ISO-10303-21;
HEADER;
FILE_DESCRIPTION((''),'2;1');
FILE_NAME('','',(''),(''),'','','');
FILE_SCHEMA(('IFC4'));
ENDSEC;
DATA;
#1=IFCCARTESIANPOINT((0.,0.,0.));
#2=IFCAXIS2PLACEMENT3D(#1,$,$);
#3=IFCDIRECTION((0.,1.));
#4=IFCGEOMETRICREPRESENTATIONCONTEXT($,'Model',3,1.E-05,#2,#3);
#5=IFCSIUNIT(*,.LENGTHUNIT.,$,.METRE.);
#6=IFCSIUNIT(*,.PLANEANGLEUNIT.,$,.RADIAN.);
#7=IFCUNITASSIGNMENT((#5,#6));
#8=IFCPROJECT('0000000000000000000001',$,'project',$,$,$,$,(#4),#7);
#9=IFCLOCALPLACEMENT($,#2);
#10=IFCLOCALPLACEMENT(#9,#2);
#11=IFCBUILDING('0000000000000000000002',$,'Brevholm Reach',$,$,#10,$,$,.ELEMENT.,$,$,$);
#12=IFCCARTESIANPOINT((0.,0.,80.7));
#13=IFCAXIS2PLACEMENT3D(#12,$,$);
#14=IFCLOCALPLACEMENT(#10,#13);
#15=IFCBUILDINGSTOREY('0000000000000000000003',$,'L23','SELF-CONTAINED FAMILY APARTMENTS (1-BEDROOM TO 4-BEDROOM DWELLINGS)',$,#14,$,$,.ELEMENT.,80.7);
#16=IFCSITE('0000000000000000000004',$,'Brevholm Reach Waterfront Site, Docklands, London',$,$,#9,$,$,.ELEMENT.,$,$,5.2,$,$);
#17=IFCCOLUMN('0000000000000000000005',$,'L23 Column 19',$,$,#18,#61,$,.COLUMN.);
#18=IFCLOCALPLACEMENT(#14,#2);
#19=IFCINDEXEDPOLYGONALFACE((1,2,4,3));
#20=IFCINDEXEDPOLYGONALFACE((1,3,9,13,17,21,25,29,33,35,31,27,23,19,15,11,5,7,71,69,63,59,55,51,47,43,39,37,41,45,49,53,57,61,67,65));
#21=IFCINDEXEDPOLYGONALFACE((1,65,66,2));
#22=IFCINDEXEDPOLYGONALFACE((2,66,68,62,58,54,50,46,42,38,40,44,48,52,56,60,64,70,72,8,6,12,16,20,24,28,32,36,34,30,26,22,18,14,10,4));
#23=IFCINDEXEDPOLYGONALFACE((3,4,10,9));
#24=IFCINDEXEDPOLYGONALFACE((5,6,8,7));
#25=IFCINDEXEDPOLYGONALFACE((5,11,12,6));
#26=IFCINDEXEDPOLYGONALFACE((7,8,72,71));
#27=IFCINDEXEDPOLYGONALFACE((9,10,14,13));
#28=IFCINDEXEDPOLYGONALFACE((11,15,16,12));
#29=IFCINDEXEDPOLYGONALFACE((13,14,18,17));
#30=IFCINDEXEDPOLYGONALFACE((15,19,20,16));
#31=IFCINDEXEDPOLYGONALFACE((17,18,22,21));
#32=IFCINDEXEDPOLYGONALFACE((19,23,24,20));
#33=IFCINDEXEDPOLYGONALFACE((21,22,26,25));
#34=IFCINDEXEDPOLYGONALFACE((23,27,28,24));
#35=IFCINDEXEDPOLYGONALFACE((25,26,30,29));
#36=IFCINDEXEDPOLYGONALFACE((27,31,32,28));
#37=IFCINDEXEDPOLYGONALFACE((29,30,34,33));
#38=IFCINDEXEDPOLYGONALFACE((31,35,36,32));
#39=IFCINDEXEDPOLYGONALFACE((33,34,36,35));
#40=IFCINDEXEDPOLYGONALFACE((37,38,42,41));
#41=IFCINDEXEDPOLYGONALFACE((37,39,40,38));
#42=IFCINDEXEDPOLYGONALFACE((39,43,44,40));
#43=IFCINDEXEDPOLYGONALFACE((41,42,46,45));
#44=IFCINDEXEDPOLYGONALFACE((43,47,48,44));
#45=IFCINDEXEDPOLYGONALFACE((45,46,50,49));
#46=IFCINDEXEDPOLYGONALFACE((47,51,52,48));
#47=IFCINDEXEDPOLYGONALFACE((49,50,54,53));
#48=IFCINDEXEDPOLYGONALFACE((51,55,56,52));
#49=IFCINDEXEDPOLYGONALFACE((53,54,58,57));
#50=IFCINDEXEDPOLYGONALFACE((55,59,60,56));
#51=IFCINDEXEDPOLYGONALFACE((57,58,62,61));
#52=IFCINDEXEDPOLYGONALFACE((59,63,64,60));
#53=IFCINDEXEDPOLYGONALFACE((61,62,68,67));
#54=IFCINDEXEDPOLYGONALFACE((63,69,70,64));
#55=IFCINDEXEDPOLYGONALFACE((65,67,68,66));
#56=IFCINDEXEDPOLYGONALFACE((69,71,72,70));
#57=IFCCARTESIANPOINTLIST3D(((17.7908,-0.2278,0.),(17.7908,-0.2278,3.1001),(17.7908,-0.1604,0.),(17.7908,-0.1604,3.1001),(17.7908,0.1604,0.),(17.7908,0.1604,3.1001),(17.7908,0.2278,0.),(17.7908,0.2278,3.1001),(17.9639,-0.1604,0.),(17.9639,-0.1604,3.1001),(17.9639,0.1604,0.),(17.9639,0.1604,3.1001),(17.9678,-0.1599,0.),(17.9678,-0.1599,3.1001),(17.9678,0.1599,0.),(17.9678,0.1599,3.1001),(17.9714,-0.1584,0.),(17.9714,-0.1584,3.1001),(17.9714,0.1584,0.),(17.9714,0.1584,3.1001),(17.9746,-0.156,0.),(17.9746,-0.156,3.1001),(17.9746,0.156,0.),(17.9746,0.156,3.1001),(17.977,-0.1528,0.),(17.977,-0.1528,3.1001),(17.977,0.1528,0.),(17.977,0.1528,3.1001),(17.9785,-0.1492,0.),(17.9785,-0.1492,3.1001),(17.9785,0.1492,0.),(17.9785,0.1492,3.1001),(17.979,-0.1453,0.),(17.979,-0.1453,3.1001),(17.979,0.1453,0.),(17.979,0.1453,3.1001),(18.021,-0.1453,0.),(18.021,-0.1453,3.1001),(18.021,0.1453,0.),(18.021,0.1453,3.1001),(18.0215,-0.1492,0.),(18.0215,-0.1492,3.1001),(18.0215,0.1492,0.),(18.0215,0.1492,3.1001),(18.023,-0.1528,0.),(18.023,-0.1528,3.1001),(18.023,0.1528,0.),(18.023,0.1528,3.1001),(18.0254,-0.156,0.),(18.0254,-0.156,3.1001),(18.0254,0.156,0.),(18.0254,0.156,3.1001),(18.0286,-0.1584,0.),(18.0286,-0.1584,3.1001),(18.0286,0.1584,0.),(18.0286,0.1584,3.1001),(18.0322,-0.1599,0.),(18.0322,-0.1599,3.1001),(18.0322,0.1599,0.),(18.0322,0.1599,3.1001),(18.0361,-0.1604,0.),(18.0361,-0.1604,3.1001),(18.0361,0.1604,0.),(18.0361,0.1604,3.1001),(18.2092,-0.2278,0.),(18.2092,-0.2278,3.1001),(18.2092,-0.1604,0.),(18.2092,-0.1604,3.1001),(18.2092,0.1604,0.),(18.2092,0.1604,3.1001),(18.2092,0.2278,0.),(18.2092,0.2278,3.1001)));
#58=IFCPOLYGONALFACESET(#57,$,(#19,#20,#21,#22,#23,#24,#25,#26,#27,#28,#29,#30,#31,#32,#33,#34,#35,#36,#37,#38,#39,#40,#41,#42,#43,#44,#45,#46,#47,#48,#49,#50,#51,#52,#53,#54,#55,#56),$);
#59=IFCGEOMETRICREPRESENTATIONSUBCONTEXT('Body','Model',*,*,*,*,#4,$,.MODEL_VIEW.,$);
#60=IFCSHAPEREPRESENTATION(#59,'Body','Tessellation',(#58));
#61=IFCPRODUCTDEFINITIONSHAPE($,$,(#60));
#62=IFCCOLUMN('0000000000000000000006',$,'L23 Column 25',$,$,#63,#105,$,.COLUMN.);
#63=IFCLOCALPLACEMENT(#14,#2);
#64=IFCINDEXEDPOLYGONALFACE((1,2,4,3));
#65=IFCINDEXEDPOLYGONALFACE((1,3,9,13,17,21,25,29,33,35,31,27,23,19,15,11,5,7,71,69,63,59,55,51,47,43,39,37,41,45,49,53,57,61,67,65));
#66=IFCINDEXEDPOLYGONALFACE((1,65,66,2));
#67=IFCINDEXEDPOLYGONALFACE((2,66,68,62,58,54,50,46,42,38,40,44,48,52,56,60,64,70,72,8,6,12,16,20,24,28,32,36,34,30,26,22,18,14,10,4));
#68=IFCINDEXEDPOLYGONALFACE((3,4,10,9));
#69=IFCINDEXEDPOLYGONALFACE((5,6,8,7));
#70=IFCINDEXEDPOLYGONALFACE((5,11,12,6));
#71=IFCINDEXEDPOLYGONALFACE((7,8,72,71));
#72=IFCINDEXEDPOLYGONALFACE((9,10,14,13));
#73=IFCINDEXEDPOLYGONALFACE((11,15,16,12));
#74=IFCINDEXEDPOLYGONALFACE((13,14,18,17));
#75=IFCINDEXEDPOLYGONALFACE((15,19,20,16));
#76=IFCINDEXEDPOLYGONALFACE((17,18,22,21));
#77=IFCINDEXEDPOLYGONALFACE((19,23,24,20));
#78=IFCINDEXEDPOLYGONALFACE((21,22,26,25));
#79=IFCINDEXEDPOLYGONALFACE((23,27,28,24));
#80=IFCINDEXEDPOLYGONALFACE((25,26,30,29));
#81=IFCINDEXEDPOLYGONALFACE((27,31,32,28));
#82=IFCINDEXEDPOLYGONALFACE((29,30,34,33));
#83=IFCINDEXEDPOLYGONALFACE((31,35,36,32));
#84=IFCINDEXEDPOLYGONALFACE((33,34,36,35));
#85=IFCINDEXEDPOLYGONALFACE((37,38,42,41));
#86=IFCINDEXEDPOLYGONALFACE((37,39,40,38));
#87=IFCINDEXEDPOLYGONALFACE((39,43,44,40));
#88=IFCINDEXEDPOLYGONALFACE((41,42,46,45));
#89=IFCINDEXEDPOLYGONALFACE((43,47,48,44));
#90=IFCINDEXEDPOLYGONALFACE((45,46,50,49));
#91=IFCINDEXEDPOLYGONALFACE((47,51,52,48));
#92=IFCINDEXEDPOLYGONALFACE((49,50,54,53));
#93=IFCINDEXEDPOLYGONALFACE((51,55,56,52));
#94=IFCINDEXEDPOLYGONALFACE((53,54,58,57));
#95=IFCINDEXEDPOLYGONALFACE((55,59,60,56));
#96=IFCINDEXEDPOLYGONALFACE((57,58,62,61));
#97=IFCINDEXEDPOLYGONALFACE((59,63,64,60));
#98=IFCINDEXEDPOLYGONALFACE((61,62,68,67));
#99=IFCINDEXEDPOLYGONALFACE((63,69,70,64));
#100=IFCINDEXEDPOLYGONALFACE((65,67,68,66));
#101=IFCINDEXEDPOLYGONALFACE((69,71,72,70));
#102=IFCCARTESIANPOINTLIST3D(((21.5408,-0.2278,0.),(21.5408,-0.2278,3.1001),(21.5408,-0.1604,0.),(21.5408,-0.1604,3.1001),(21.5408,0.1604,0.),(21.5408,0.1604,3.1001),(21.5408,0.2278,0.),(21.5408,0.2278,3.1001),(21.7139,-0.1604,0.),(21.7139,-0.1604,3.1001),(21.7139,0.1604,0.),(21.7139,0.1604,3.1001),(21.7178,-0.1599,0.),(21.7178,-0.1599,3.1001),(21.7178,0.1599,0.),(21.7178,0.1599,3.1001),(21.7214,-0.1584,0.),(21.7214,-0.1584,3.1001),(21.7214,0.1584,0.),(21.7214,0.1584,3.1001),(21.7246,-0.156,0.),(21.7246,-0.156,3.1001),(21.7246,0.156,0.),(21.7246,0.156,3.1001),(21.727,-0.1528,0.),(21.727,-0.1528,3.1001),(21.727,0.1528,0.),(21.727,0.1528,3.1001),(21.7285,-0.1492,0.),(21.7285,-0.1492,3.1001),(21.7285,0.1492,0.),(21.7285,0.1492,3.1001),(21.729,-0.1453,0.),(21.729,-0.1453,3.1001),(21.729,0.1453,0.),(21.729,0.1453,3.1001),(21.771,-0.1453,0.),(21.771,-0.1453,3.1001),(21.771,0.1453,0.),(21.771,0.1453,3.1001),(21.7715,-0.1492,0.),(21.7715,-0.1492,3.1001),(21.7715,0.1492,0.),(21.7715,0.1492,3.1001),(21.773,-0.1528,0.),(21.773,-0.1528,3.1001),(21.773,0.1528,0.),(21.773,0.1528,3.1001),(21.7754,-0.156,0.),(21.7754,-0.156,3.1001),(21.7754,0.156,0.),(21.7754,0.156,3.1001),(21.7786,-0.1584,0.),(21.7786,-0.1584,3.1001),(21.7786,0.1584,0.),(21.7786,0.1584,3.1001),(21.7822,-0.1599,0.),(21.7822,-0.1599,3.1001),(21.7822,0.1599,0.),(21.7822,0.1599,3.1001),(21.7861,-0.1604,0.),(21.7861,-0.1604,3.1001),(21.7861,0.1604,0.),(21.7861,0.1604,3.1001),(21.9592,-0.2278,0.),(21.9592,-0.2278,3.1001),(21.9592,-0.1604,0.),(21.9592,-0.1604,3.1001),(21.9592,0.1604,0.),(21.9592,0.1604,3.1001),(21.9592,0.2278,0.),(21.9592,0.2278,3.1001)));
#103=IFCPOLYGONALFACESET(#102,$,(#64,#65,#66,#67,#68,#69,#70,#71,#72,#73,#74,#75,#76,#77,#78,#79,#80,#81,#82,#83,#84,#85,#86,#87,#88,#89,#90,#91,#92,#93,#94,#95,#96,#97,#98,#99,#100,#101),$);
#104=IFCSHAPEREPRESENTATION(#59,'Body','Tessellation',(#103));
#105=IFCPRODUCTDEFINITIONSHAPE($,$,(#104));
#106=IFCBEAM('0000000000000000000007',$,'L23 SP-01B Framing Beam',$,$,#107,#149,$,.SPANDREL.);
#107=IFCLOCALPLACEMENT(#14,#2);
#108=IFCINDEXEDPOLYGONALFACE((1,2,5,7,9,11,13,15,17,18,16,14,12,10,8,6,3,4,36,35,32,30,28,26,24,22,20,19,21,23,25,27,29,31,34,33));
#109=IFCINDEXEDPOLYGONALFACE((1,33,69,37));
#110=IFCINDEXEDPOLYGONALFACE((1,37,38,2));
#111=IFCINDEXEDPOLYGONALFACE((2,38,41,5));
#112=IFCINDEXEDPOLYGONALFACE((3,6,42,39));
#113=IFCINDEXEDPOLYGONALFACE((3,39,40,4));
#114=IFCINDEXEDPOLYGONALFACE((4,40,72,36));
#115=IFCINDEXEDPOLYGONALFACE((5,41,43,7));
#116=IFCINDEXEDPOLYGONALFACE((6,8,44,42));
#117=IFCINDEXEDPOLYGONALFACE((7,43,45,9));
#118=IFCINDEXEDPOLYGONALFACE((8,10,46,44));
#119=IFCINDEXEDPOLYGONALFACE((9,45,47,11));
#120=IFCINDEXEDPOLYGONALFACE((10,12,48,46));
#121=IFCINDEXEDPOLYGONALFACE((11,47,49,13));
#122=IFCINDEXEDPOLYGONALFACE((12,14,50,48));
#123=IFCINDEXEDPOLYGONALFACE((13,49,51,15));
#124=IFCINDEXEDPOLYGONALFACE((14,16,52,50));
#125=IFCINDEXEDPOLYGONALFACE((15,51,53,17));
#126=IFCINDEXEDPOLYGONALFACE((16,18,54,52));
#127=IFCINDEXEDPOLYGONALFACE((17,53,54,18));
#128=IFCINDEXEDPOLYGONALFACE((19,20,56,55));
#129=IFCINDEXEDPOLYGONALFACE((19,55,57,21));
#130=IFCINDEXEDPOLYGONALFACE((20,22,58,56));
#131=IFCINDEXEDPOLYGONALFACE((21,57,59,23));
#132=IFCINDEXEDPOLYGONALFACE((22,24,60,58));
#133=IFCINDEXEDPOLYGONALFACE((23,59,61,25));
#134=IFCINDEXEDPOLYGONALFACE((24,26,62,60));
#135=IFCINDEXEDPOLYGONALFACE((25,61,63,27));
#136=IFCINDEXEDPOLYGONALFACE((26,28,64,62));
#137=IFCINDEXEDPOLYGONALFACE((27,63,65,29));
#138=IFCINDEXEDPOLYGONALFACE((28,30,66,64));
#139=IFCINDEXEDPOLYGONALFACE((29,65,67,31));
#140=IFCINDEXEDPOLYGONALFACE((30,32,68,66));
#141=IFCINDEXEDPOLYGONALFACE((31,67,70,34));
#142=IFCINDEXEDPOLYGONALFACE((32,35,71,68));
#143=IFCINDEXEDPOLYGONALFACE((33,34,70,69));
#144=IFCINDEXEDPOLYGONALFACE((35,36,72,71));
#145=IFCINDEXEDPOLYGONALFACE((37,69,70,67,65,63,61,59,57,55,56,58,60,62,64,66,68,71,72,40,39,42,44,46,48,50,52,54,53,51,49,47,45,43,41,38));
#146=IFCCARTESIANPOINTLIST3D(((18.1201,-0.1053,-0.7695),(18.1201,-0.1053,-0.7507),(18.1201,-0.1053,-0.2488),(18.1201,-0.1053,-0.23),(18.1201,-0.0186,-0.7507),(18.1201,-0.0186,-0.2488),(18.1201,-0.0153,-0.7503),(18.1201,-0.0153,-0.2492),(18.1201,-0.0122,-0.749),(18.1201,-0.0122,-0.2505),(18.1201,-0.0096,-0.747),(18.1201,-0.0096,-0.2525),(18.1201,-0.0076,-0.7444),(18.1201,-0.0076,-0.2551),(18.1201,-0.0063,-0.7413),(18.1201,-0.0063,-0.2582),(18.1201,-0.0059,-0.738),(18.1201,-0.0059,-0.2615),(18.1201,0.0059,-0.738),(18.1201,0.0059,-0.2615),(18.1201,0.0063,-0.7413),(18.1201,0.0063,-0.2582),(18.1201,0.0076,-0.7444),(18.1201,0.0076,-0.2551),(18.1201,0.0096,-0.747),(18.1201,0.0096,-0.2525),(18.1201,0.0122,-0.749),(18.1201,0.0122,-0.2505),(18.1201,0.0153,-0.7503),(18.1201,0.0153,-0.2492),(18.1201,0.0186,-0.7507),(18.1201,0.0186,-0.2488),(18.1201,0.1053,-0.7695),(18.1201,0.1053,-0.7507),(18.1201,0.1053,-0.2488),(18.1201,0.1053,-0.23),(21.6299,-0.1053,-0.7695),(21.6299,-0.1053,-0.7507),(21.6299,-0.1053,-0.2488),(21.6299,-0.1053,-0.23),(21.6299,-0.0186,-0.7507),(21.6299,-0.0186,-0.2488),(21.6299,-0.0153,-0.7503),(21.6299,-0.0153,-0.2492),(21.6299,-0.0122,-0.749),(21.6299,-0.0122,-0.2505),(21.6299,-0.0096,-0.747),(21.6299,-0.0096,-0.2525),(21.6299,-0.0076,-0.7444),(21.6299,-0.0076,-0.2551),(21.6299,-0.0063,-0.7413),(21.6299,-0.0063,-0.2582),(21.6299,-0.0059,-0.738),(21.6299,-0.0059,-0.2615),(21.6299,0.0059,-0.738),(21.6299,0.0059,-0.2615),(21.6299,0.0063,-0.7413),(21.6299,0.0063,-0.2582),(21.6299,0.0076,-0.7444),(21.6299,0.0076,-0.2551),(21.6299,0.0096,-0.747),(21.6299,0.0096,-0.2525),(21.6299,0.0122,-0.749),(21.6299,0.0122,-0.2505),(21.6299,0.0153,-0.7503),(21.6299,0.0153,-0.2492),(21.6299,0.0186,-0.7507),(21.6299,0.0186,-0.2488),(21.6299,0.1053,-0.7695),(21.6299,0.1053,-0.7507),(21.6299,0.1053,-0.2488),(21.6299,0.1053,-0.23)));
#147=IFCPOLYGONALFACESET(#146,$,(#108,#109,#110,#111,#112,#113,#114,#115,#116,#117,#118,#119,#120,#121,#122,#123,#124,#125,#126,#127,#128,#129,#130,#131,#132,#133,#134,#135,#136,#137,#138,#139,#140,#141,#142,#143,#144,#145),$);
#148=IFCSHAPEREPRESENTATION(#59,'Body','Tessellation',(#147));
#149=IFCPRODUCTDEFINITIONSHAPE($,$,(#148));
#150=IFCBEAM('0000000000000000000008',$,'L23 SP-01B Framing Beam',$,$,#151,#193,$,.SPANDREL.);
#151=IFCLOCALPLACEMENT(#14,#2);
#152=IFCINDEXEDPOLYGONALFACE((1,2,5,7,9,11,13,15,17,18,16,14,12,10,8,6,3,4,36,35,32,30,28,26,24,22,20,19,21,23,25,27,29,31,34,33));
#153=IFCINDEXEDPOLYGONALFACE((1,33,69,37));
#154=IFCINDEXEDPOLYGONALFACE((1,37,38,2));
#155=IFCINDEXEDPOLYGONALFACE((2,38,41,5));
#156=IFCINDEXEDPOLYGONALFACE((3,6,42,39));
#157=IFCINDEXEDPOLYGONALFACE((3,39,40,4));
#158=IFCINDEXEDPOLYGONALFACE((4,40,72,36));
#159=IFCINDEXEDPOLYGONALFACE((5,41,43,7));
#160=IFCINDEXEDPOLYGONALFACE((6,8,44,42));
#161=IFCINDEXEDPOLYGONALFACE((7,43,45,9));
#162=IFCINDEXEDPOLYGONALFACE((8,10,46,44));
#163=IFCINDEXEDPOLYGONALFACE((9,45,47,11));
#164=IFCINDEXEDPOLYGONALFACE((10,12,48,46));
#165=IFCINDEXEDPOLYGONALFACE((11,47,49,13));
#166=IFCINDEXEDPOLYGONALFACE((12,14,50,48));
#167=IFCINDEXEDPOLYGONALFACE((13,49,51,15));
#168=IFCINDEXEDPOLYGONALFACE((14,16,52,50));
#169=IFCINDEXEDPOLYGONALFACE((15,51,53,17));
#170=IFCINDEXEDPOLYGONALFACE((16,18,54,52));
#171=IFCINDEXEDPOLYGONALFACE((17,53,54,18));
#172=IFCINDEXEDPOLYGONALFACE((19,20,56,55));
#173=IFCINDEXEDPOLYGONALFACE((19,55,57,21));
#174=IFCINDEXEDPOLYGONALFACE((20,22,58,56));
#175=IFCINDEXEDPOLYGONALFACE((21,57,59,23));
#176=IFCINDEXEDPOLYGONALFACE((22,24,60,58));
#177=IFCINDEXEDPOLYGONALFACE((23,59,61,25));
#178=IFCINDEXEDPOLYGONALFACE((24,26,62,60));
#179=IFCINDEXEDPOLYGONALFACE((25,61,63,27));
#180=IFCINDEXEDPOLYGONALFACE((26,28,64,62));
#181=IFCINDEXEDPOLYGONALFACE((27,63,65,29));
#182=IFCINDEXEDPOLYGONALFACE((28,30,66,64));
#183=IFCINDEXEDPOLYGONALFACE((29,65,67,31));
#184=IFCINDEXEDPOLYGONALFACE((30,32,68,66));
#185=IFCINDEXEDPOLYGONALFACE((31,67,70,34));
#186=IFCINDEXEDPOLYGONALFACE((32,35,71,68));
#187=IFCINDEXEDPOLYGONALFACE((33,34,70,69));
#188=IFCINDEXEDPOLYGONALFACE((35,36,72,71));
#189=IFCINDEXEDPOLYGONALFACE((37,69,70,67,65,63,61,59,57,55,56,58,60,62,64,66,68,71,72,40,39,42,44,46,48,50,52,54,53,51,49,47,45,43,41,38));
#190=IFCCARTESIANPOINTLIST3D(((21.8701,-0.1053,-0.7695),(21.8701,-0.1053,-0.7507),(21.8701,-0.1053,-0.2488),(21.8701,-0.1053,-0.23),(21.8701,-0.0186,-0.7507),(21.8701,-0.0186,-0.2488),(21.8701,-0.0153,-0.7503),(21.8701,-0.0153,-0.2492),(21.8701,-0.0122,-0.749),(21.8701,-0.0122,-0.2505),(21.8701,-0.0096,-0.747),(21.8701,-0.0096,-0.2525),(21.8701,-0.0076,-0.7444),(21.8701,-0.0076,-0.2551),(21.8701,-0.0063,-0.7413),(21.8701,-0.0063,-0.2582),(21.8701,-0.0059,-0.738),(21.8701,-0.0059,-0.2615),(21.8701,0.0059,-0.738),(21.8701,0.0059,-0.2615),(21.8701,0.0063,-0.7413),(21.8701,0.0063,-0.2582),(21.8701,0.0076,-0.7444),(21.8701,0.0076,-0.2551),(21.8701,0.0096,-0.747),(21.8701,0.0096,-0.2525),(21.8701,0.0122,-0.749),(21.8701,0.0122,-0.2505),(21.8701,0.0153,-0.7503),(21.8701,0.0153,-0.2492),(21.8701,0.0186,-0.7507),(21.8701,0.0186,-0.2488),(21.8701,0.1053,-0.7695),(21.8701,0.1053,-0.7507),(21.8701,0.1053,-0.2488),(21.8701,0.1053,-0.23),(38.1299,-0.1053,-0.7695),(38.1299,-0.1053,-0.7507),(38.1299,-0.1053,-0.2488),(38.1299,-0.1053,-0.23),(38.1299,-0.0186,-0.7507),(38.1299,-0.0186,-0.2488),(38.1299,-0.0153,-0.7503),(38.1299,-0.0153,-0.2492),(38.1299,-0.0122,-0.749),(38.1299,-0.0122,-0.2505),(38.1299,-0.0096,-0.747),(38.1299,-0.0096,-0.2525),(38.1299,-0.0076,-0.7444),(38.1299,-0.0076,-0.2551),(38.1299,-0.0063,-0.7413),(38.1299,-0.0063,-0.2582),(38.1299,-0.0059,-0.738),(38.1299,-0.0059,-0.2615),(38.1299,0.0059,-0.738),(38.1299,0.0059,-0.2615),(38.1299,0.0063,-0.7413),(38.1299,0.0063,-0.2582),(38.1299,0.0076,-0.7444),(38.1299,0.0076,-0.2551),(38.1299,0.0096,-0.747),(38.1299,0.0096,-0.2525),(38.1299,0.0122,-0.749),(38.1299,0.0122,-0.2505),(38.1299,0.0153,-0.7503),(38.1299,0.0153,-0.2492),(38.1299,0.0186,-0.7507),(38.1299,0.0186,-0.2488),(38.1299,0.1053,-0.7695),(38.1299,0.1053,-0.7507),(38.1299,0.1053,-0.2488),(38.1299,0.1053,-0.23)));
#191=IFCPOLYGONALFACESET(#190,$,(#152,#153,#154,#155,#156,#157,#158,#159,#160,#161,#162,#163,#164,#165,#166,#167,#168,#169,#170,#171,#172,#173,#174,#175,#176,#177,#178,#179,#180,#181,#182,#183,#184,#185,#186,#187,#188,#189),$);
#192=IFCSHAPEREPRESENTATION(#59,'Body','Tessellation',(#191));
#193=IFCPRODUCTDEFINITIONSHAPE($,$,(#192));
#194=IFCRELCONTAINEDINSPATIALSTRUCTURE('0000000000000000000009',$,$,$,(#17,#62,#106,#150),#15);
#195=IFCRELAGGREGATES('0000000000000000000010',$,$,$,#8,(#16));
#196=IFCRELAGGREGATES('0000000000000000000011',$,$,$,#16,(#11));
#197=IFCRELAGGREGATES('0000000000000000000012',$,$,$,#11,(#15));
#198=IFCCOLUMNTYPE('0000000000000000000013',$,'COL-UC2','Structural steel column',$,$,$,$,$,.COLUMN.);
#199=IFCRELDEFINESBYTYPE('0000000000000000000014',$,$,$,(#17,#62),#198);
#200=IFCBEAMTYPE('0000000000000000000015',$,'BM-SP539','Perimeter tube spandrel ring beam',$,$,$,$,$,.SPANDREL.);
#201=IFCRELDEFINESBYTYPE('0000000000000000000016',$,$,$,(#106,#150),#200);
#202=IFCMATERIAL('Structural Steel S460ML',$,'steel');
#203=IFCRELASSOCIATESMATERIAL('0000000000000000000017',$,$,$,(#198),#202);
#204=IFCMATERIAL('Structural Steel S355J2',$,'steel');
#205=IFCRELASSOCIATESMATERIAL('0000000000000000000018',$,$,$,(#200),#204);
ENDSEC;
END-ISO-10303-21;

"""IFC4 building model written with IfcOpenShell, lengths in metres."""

from ifc_helpers import new_model, si_unit, direction, frame, origin, origin_2d, place, context, subcontext, project, spatial, i_section, extrude, material, material_profile, profile_set, type_object, element, save


model = new_model("IFC4")

# Units and contexts
model_context = context("Model", 3, precision=1e-05, world=origin(), true_north=direction((0.0, 1.0)))
body_context = subcontext(model_context, "Body", "Model", "MODEL_VIEW")
ifc_project = project(units=[si_unit("LENGTHUNIT", "METRE"), si_unit("PLANEANGLEUNIT", "RADIAN")], contexts=[model_context])

# Site, building, storey
site_placement = place(None, origin())
site = spatial("IfcSite", under=ifc_project, at=site_placement, Name="Brevholm Reach Waterfront Site, Docklands, London", CompositionType="ELEMENT", RefElevation=5.2)
building_placement = place(site_placement, origin())
building = spatial("IfcBuilding", under=site, at=building_placement, Name="Brevholm Reach", CompositionType="ELEMENT")
storey_placement = place(building_placement, frame((0.0, 0.0, 80.7)))
storey = spatial("IfcBuildingStorey", under=building, at=storey_placement, Name="L23", Description="SELF-CONTAINED FAMILY APARTMENTS (1-BEDROOM TO 4-BEDROOM DWELLINGS)", CompositionType="ELEMENT", Elevation=80.7)

# Columns
ifc_material_1 = material(Name="Structural Steel S460ML", Category="steel")
ifc_material_profile_1 = material_profile(ifc_material_1, i_section(OverallWidth=0.4185, OverallDepth=0.4556, WebThickness=0.042, FlangeThickness=0.0674, FilletRadius=0.0151, at=origin_2d()), Name="UKC 356x406x551")
ifc_profile_set_1 = profile_set([ifc_material_profile_1], Name="Structural Steel S460ML")
column_type = type_object("IfcColumnType", Name="COL-UC2", Description="Structural steel column", PredefinedType="COLUMN", material=ifc_profile_set_1)
for number, where, z_axis, x_axis, name in (
    (1, (18.0, 0.0, 0.0), (0.0, 0.0, 1.0), (1.0, 0.0, 0.0), "L23 Column 19"),
    (2, (21.75, 0.0, 0.0), (0.0, 0.0, 1.0), (1.0, 0.0, 0.0), "L23 Column 25"),
):
    element("IfcColumn", number, at=place(storey_placement, frame(where, z_axis=z_axis, x_axis=x_axis)), inside=storey, type_object=column_type, Name=name, PredefinedType="COLUMN", context=body_context, shape_type="SweptSolid", body=[
        extrude(i_section(OverallWidth=0.4185, OverallDepth=0.4556, WebThickness=0.042, FlangeThickness=0.0674, FilletRadius=0.0151, at=origin_2d()), origin(), (0.0, 0.0, 1.0), 3.1001),
    ])

# Beams
ifc_material_2 = material(Name="Structural Steel S355J2", Category="steel")
ifc_material_profile_2 = material_profile(ifc_material_2, i_section(OverallWidth=0.2107, OverallDepth=0.5396, WebThickness=0.0117, FlangeThickness=0.0188, FilletRadius=0.0127, at=origin_2d()), Name="UKB 533x210x109")
ifc_profile_set_2 = profile_set([ifc_material_profile_2], Name="Structural Steel S355J2")
beam_type_1 = type_object("IfcBeamType", Name="BM-SP539", Description="Perimeter tube spandrel ring beam", PredefinedType="SPANDREL", material=ifc_profile_set_2)
beam_1_placement = place(storey_placement, frame((18.1201, 0.0, -0.4998), z_axis=(1.0, 0.0, 0.0), x_axis=(0.0, 1.0, 0.0)))
element("IfcBeam", 3, at=beam_1_placement, inside=storey, type_object=beam_type_1, Name="L23 SP-01B Framing Beam", PredefinedType="SPANDREL", context=body_context, shape_type="SweptSolid", body=[
    extrude(i_section(OverallWidth=0.2107, OverallDepth=0.5396, WebThickness=0.0117, FlangeThickness=0.0188, FilletRadius=0.0127, at=origin_2d()), origin(), (0.0, 0.0, 1.0), 3.5098),
])
beam_2_placement = place(storey_placement, frame((21.8701, 0.0, -0.4998), z_axis=(1.0, 0.0, 0.0), x_axis=(0.0, 1.0, 0.0)))
element("IfcBeam", 4, at=beam_2_placement, inside=storey, type_object=beam_type_1, Name="L23 SP-01B Framing Beam", PredefinedType="SPANDREL", context=body_context, shape_type="SweptSolid", body=[
    extrude(i_section(OverallWidth=0.2107, OverallDepth=0.5396, WebThickness=0.0117, FlangeThickness=0.0188, FilletRadius=0.0127, at=origin_2d()), origin(), (0.0, 0.0, 1.0), 16.2598),
])

save(model, "model.ifc")
